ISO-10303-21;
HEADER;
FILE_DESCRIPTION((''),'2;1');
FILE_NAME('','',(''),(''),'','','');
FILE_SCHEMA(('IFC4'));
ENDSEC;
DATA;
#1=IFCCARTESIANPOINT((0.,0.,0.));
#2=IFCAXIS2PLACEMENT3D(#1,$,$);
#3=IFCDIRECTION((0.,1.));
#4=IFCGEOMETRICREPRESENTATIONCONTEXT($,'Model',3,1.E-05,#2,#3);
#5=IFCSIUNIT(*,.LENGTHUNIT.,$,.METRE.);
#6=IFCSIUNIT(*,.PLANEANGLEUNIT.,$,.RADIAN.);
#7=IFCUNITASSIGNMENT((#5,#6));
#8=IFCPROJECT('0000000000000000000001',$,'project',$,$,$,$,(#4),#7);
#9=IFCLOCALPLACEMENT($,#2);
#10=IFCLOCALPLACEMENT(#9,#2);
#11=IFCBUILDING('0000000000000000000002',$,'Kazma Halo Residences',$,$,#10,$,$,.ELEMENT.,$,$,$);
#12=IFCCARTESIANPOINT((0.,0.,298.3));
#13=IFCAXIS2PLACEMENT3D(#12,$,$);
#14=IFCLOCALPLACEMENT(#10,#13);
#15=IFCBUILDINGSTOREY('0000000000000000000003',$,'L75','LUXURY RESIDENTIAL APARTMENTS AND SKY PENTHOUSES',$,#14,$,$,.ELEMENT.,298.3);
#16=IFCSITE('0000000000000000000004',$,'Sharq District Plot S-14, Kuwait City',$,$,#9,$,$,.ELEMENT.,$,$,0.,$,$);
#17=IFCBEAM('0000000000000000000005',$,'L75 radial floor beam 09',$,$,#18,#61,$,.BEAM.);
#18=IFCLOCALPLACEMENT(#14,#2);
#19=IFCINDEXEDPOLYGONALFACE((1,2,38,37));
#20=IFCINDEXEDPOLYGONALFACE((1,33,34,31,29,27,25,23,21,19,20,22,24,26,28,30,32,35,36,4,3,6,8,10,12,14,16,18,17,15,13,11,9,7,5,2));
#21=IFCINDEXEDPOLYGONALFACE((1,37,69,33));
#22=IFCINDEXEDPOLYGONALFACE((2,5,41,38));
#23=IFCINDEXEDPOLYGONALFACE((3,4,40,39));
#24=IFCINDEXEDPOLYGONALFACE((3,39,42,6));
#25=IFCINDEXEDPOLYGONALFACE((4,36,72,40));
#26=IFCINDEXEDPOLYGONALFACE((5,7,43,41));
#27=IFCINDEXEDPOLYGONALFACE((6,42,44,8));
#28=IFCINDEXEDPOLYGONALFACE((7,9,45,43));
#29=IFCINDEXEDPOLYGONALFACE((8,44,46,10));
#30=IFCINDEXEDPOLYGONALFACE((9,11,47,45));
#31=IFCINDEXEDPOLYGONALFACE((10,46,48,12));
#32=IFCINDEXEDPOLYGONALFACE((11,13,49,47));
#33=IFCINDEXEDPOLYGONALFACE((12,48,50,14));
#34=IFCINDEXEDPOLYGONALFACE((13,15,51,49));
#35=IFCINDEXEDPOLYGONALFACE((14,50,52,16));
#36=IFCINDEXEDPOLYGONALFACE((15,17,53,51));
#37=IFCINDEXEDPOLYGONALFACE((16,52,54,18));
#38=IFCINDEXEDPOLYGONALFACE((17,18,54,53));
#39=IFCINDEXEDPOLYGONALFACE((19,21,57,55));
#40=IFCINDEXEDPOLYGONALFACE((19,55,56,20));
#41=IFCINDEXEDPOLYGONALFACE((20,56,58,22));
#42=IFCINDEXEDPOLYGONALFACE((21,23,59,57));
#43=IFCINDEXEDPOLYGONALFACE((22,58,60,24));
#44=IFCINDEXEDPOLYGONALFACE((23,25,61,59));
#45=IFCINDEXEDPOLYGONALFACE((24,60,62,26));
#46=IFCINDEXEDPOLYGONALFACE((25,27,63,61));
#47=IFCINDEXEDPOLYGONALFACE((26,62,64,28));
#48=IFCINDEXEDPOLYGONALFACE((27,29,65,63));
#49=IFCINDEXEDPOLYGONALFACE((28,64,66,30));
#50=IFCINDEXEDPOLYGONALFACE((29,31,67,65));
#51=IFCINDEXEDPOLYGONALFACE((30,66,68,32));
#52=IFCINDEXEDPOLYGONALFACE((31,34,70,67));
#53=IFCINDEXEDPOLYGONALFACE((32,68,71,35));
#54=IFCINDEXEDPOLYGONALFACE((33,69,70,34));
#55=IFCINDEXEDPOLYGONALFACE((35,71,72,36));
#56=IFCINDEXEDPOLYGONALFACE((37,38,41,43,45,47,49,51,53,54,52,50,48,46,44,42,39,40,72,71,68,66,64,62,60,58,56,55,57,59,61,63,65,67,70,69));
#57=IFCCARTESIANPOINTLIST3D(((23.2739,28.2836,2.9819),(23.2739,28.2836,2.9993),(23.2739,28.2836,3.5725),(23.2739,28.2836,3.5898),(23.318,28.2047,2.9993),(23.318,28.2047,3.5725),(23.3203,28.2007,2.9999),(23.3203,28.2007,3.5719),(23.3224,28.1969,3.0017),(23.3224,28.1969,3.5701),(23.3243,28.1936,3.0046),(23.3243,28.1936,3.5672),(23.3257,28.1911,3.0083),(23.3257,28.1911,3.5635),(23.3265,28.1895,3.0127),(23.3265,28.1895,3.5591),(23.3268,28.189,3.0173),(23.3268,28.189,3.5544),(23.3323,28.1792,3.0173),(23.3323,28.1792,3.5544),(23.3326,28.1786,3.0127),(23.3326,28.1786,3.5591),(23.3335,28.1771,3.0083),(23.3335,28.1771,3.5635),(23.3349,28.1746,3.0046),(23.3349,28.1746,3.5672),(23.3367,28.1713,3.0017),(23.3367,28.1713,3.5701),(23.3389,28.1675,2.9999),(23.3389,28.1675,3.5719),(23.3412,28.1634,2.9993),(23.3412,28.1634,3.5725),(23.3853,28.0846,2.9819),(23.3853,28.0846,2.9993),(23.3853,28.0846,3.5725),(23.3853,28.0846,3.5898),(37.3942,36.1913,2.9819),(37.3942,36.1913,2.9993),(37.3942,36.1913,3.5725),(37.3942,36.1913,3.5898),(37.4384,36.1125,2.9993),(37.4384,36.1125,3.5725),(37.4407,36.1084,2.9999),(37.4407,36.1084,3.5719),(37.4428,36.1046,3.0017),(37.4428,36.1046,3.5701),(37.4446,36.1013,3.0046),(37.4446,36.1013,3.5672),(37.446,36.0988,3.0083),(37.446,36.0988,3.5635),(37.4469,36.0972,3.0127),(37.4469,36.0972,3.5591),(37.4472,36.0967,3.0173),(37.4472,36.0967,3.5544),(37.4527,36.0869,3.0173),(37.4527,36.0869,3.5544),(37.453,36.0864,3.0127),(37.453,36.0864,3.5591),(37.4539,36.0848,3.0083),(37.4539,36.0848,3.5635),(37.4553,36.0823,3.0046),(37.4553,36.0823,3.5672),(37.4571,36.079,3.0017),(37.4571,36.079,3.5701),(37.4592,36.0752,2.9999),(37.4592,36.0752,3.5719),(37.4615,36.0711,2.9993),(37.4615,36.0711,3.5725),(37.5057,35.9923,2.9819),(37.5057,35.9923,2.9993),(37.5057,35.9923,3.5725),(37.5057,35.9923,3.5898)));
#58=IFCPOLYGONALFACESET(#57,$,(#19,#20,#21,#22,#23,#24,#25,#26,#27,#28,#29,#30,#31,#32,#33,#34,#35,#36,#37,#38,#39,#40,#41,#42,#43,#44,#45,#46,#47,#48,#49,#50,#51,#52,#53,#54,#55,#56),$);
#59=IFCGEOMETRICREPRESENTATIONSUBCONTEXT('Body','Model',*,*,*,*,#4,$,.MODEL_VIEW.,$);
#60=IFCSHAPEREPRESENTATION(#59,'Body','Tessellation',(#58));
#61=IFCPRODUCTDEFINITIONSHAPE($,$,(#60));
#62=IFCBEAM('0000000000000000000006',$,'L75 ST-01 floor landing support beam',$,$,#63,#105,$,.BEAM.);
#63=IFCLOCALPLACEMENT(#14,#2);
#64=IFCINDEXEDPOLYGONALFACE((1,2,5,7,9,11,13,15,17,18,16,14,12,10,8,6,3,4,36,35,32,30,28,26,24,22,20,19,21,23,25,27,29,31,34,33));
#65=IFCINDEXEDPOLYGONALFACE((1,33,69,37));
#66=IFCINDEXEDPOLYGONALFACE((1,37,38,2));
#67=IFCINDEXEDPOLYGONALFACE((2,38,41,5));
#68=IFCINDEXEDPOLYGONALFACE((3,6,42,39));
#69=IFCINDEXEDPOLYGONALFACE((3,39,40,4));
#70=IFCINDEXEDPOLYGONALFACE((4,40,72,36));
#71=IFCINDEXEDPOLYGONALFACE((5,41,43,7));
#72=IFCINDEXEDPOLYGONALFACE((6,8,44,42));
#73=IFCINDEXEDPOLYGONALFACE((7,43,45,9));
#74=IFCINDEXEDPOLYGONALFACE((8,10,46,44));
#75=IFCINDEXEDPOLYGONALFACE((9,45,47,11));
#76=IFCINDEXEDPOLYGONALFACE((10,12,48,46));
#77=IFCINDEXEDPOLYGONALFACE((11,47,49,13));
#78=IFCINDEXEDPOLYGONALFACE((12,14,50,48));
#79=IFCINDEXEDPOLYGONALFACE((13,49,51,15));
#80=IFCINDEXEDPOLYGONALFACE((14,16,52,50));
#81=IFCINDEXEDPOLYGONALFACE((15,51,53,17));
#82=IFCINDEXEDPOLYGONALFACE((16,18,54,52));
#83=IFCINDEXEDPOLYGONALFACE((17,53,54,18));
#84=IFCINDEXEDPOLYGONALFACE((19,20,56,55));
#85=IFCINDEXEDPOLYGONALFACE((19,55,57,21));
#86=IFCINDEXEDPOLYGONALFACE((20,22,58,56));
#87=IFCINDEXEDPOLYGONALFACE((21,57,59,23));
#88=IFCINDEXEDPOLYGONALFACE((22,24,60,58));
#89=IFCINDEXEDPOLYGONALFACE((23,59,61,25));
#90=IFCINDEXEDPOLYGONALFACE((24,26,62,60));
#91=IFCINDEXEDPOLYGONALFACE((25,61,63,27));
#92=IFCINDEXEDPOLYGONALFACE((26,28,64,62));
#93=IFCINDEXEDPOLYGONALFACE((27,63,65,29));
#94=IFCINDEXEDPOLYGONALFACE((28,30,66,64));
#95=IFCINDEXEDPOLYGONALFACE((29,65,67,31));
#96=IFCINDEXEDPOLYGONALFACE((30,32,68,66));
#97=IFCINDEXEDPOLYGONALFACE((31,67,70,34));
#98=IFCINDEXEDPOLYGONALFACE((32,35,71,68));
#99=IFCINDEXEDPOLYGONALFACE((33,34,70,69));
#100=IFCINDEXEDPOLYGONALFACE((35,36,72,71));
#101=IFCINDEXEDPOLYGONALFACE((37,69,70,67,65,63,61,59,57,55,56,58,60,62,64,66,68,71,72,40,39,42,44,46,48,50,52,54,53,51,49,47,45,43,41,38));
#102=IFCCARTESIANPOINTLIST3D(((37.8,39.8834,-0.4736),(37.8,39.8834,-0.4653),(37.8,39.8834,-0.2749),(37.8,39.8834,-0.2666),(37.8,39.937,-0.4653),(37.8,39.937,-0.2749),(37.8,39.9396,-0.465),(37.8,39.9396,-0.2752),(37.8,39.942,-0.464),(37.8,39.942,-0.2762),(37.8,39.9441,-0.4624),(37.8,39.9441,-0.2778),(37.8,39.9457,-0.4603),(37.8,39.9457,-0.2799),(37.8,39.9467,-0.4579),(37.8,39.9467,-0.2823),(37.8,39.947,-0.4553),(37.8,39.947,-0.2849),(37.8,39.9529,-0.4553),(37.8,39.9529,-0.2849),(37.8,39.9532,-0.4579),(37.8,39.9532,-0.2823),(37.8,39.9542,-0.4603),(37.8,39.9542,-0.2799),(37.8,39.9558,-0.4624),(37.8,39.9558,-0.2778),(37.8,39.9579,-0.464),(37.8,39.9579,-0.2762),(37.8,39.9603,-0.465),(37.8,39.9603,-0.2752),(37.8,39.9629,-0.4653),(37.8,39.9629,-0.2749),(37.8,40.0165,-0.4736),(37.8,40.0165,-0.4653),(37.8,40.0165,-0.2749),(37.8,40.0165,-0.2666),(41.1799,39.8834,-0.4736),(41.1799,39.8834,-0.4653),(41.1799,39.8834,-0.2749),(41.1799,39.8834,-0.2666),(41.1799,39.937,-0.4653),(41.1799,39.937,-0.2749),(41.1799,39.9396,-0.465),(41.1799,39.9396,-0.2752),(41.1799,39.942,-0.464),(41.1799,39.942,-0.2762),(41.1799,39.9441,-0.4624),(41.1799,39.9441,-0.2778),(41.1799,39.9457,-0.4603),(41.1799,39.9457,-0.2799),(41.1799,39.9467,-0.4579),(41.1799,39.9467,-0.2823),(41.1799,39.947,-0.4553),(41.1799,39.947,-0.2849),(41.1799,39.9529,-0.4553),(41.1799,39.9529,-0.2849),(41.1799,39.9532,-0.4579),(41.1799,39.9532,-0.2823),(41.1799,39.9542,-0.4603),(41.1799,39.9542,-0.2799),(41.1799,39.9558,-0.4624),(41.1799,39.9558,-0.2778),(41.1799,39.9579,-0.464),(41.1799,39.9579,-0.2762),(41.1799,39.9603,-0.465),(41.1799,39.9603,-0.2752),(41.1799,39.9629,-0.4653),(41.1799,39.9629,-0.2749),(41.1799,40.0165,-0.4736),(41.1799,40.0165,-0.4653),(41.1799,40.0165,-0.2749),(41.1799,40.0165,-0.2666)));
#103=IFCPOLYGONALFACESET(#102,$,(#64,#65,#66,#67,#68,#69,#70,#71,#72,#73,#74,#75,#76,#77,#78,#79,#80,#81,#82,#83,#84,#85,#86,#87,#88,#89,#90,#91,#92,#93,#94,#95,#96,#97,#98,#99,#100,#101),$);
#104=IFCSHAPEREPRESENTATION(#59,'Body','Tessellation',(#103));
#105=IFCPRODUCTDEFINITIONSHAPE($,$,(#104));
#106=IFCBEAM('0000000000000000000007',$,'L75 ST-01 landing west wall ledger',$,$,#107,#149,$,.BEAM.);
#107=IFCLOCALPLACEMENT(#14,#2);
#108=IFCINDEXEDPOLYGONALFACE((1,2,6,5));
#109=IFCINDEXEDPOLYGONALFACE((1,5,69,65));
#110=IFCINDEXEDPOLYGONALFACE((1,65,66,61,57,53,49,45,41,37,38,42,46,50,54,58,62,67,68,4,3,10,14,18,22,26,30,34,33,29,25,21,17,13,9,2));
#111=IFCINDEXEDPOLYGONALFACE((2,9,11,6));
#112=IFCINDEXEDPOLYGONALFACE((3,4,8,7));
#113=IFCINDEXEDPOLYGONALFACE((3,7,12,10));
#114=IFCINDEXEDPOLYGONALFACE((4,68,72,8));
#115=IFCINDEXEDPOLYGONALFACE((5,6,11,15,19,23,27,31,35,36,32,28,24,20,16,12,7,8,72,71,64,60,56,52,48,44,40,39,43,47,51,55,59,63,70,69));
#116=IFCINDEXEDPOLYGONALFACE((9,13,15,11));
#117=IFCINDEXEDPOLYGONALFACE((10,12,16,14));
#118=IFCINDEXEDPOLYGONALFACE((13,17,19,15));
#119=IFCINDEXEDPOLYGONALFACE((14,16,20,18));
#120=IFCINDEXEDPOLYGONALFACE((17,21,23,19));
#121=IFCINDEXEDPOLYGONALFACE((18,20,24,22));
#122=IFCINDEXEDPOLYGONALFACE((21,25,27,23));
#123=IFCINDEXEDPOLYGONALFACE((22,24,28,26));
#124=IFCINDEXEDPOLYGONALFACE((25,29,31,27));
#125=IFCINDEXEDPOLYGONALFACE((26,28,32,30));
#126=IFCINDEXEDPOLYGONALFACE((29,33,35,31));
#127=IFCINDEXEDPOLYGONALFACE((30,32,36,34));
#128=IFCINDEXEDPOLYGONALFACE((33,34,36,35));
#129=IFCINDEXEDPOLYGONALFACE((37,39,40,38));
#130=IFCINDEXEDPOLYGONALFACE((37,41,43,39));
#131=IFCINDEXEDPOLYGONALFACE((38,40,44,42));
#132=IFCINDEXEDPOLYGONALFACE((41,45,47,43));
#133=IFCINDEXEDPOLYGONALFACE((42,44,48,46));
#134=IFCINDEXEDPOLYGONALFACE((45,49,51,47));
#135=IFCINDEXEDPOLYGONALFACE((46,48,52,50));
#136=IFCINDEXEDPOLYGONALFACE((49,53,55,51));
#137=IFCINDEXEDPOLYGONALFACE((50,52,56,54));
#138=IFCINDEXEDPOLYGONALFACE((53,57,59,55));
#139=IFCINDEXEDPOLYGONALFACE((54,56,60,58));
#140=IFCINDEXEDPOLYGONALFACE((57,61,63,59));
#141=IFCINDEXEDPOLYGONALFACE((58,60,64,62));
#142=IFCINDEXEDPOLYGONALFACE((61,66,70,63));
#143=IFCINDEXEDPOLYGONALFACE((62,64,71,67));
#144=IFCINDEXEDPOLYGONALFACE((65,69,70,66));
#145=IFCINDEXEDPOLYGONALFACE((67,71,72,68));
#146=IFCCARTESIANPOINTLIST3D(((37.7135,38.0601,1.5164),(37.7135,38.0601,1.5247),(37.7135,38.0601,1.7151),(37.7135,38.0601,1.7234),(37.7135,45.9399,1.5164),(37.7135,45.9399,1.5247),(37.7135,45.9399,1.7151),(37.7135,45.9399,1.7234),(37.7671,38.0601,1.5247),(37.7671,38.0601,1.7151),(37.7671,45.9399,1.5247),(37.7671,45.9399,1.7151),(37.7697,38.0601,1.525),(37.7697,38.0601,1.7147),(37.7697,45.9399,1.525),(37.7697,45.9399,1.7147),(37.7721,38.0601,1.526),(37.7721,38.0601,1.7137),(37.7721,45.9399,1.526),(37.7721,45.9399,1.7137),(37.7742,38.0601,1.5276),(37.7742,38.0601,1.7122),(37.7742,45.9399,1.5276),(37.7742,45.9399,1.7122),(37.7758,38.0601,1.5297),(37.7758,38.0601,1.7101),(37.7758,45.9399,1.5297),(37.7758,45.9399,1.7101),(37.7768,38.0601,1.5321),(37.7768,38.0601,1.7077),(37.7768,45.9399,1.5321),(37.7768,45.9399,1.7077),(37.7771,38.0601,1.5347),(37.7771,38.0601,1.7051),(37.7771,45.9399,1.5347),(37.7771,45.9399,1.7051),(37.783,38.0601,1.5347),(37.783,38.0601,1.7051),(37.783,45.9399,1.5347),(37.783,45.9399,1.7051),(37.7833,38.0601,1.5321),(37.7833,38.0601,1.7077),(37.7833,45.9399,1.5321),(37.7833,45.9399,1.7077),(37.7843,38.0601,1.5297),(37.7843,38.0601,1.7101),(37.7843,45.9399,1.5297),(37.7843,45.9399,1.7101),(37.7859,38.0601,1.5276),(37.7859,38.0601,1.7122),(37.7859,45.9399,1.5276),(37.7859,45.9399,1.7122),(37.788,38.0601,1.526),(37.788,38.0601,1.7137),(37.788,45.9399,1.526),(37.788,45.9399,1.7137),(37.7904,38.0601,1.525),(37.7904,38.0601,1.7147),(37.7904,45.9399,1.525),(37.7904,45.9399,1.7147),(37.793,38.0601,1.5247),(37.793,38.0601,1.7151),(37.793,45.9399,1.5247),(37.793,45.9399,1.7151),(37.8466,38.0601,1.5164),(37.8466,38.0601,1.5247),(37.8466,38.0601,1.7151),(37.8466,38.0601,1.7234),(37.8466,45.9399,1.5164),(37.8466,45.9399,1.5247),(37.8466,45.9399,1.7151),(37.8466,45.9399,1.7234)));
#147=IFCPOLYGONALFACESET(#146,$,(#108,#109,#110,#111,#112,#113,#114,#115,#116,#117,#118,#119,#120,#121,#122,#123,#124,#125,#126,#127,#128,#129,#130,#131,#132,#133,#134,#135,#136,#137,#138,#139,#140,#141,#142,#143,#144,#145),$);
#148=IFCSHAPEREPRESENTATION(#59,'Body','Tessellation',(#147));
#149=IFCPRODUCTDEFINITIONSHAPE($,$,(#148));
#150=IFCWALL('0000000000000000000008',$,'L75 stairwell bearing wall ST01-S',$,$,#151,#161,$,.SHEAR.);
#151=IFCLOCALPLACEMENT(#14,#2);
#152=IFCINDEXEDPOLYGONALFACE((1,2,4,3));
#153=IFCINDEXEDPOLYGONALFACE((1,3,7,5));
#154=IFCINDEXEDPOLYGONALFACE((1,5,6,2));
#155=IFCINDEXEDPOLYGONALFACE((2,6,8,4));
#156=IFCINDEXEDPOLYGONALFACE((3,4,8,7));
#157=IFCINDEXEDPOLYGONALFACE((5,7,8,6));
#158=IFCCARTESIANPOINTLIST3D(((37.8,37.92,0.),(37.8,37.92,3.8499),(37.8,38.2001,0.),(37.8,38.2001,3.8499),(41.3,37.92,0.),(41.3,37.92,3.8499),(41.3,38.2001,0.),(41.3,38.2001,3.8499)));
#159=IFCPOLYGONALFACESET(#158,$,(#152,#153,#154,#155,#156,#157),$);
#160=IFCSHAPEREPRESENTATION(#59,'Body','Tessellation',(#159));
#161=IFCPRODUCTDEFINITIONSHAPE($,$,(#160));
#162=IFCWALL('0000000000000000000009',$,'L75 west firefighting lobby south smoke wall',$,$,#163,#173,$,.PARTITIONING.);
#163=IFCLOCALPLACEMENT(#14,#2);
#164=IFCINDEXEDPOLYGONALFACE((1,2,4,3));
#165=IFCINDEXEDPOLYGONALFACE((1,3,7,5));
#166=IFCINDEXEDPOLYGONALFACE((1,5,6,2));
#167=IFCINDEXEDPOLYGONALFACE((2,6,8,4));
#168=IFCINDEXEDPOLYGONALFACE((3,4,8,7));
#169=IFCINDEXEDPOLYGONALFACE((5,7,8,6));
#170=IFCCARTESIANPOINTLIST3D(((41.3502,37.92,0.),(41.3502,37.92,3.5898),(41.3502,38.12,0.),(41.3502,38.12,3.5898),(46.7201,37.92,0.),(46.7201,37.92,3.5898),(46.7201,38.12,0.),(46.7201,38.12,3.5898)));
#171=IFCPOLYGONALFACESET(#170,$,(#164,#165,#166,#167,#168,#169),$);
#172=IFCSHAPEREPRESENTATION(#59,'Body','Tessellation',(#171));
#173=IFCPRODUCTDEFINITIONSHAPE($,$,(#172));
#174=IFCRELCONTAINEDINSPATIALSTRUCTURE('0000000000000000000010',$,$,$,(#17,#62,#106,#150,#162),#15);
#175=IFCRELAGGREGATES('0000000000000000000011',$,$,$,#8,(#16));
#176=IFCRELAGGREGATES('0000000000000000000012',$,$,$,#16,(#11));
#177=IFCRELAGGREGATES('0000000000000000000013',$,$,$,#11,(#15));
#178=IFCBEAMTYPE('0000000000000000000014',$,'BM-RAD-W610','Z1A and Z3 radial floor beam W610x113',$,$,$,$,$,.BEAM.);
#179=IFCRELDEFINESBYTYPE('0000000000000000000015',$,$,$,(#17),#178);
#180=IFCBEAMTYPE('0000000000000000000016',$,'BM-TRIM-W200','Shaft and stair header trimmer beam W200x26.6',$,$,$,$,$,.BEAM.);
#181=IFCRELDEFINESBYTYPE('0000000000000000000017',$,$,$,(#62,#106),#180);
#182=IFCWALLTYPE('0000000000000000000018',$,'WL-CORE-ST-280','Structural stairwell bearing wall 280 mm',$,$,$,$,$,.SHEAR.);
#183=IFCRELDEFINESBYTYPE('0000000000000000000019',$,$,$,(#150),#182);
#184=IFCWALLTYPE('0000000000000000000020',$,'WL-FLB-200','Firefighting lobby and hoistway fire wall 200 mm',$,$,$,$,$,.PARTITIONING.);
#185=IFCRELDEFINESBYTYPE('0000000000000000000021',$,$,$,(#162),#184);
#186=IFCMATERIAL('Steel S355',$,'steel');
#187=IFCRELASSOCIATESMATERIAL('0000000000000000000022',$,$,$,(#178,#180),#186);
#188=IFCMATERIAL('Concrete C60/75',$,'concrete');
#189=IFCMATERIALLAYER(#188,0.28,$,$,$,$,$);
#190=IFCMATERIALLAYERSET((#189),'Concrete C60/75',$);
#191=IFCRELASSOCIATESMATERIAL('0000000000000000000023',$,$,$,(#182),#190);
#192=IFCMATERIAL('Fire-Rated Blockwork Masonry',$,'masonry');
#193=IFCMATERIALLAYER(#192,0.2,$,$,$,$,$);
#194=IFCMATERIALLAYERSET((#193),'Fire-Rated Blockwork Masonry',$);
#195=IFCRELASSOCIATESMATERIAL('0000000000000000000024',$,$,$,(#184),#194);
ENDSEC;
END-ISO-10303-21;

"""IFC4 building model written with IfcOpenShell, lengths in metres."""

from ifc_helpers import new_model, si_unit, direction, frame, frame_2d, origin, origin_2d, place, context, subcontext, project, spatial, rectangle, i_section, extrude, material, layer, layer_set, material_profile, profile_set, type_object, element, save


model = new_model("IFC4")

# Units and contexts
model_context = context("Model", 3, precision=1e-05, world=origin(), true_north=direction((0.0, 1.0)))
body_context = subcontext(model_context, "Body", "Model", "MODEL_VIEW")
ifc_project = project(units=[si_unit("LENGTHUNIT", "METRE"), si_unit("PLANEANGLEUNIT", "RADIAN")], contexts=[model_context])

# Site, building, storey
site_placement = place(None, origin())
site = spatial("IfcSite", under=ifc_project, at=site_placement, Name="Sharq District Plot S-14, Kuwait City", CompositionType="ELEMENT", RefElevation=0.0)
building_placement = place(site_placement, origin())
building = spatial("IfcBuilding", under=site, at=building_placement, Name="Kazma Halo Residences", CompositionType="ELEMENT")
storey_placement = place(building_placement, frame((0.0, 0.0, 298.3)))
storey = spatial("IfcBuildingStorey", under=building, at=storey_placement, Name="L75", Description="LUXURY RESIDENTIAL APARTMENTS AND SKY PENTHOUSES", CompositionType="ELEMENT", Elevation=298.3)

# Beams
ifc_material_1 = material(Name="Steel S355", Category="steel")
ifc_material_profile_1 = material_profile(ifc_material_1, i_section(OverallWidth=0.228, OverallDepth=0.6079, WebThickness=0.0112, FlangeThickness=0.0173, FilletRadius=0.0181, at=origin_2d()), Name="W610x113")
ifc_profile_set_1 = profile_set([ifc_material_profile_1], Name="Steel S355")
beam_type_1 = type_object("IfcBeamType", Name="BM-RAD-W610", Description="Z1A and Z3 radial floor beam W610x113", PredefinedType="BEAM", material=ifc_profile_set_1)
beam_1_placement = place(storey_placement, frame((37.45, 36.0918, 3.2859), z_axis=(-0.872498, -0.488618, 0.0), x_axis=(0.488618, -0.872498, 0.0)))
element("IfcBeam", 1, at=beam_1_placement, inside=storey, type_object=beam_type_1, Name="L75 radial floor beam 09", PredefinedType="BEAM", context=body_context, shape_type="SweptSolid", body=[
    extrude(i_section(OverallWidth=0.228, OverallDepth=0.6079, WebThickness=0.0112, FlangeThickness=0.0173, FilletRadius=0.0181, at=origin_2d()), origin(), (0.0, 0.0, 1.0), 16.1838),
])
ifc_material_profile_2 = material_profile(ifc_material_1, i_section(OverallWidth=0.1331, OverallDepth=0.207, WebThickness=0.0059, FlangeThickness=0.0083, FilletRadius=0.01, at=origin_2d()), Name="W200x26.6")
ifc_profile_set_2 = profile_set([ifc_material_profile_2], Name="Steel S355")
beam_type_2 = type_object("IfcBeamType", Name="BM-TRIM-W200", Description="Shaft and stair header trimmer beam W200x26.6", PredefinedType="BEAM", material=ifc_profile_set_2)
beam_2_placement = place(storey_placement, frame((37.8, 39.95, -0.3701), z_axis=(1.0, 0.0, 0.0), x_axis=(0.0, 1.0, 0.0)))
element("IfcBeam", 2, at=beam_2_placement, inside=storey, type_object=beam_type_2, Name="L75 ST-01 floor landing support beam", PredefinedType="BEAM", context=body_context, shape_type="SweptSolid", body=[
    extrude(i_section(OverallWidth=0.1331, OverallDepth=0.207, WebThickness=0.0059, FlangeThickness=0.0083, FilletRadius=0.01, at=origin_2d()), origin(), (0.0, 0.0, 1.0), 3.3799),
])
beam_3_placement = place(storey_placement, frame((37.78, 38.0601, 1.6199), z_axis=(0.0, 1.0, 0.0), x_axis=(-1.0, 0.0, 0.0)))
element("IfcBeam", 3, at=beam_3_placement, inside=storey, type_object=beam_type_2, Name="L75 ST-01 landing west wall ledger", PredefinedType="BEAM", context=body_context, shape_type="SweptSolid", body=[
    extrude(i_section(OverallWidth=0.1331, OverallDepth=0.207, WebThickness=0.0059, FlangeThickness=0.0083, FilletRadius=0.01, at=origin_2d()), origin(), (0.0, 0.0, 1.0), 7.8799),
])

# Walls
ifc_material_2 = material(Name="Concrete C60/75", Category="concrete")
ifc_layer_1 = layer(ifc_material_2, 0.28)
ifc_layer_set_1 = layer_set([ifc_layer_1], Name="Concrete C60/75")
wall_type_1 = type_object("IfcWallType", Name="WL-CORE-ST-280", Description="Structural stairwell bearing wall 280 mm", PredefinedType="SHEAR", material=ifc_layer_set_1)
wall_1_placement = place(storey_placement, frame((37.8, 38.0601, 0.0), z_axis=(0.0, 0.0, 1.0), x_axis=(1.0, 0.0, 0.0)))
element("IfcWall", 4, at=wall_1_placement, inside=storey, type_object=wall_type_1, Name="L75 stairwell bearing wall ST01-S", PredefinedType="SHEAR", context=body_context, shape_type="SweptSolid", body=[
    extrude(rectangle(XDim=3.5, YDim=0.28, at=frame_2d((1.75, 0.0))), origin(), (0.0, 0.0, 1.0), 3.8499),
])
ifc_material_3 = material(Name="Fire-Rated Blockwork Masonry", Category="masonry")
ifc_layer_2 = layer(ifc_material_3, 0.2)
ifc_layer_set_2 = layer_set([ifc_layer_2], Name="Fire-Rated Blockwork Masonry")
wall_type_2 = type_object("IfcWallType", Name="WL-FLB-200", Description="Firefighting lobby and hoistway fire wall 200 mm", PredefinedType="PARTITIONING", material=ifc_layer_set_2)
wall_2_placement = place(storey_placement, frame((41.3501, 38.02, 0.0), z_axis=(0.0, 0.0, 1.0), x_axis=(1.0, 0.0, 0.0)))
element("IfcWall", 5, at=wall_2_placement, inside=storey, type_object=wall_type_2, Name="L75 west firefighting lobby south smoke wall", PredefinedType="PARTITIONING", context=body_context, shape_type="SweptSolid", body=[
    extrude(rectangle(XDim=5.3699, YDim=0.2, at=frame_2d((2.6851, 0.0))), origin(), (0.0, 0.0, 1.0), 3.5898),
])

save(model, "model.ifc")
